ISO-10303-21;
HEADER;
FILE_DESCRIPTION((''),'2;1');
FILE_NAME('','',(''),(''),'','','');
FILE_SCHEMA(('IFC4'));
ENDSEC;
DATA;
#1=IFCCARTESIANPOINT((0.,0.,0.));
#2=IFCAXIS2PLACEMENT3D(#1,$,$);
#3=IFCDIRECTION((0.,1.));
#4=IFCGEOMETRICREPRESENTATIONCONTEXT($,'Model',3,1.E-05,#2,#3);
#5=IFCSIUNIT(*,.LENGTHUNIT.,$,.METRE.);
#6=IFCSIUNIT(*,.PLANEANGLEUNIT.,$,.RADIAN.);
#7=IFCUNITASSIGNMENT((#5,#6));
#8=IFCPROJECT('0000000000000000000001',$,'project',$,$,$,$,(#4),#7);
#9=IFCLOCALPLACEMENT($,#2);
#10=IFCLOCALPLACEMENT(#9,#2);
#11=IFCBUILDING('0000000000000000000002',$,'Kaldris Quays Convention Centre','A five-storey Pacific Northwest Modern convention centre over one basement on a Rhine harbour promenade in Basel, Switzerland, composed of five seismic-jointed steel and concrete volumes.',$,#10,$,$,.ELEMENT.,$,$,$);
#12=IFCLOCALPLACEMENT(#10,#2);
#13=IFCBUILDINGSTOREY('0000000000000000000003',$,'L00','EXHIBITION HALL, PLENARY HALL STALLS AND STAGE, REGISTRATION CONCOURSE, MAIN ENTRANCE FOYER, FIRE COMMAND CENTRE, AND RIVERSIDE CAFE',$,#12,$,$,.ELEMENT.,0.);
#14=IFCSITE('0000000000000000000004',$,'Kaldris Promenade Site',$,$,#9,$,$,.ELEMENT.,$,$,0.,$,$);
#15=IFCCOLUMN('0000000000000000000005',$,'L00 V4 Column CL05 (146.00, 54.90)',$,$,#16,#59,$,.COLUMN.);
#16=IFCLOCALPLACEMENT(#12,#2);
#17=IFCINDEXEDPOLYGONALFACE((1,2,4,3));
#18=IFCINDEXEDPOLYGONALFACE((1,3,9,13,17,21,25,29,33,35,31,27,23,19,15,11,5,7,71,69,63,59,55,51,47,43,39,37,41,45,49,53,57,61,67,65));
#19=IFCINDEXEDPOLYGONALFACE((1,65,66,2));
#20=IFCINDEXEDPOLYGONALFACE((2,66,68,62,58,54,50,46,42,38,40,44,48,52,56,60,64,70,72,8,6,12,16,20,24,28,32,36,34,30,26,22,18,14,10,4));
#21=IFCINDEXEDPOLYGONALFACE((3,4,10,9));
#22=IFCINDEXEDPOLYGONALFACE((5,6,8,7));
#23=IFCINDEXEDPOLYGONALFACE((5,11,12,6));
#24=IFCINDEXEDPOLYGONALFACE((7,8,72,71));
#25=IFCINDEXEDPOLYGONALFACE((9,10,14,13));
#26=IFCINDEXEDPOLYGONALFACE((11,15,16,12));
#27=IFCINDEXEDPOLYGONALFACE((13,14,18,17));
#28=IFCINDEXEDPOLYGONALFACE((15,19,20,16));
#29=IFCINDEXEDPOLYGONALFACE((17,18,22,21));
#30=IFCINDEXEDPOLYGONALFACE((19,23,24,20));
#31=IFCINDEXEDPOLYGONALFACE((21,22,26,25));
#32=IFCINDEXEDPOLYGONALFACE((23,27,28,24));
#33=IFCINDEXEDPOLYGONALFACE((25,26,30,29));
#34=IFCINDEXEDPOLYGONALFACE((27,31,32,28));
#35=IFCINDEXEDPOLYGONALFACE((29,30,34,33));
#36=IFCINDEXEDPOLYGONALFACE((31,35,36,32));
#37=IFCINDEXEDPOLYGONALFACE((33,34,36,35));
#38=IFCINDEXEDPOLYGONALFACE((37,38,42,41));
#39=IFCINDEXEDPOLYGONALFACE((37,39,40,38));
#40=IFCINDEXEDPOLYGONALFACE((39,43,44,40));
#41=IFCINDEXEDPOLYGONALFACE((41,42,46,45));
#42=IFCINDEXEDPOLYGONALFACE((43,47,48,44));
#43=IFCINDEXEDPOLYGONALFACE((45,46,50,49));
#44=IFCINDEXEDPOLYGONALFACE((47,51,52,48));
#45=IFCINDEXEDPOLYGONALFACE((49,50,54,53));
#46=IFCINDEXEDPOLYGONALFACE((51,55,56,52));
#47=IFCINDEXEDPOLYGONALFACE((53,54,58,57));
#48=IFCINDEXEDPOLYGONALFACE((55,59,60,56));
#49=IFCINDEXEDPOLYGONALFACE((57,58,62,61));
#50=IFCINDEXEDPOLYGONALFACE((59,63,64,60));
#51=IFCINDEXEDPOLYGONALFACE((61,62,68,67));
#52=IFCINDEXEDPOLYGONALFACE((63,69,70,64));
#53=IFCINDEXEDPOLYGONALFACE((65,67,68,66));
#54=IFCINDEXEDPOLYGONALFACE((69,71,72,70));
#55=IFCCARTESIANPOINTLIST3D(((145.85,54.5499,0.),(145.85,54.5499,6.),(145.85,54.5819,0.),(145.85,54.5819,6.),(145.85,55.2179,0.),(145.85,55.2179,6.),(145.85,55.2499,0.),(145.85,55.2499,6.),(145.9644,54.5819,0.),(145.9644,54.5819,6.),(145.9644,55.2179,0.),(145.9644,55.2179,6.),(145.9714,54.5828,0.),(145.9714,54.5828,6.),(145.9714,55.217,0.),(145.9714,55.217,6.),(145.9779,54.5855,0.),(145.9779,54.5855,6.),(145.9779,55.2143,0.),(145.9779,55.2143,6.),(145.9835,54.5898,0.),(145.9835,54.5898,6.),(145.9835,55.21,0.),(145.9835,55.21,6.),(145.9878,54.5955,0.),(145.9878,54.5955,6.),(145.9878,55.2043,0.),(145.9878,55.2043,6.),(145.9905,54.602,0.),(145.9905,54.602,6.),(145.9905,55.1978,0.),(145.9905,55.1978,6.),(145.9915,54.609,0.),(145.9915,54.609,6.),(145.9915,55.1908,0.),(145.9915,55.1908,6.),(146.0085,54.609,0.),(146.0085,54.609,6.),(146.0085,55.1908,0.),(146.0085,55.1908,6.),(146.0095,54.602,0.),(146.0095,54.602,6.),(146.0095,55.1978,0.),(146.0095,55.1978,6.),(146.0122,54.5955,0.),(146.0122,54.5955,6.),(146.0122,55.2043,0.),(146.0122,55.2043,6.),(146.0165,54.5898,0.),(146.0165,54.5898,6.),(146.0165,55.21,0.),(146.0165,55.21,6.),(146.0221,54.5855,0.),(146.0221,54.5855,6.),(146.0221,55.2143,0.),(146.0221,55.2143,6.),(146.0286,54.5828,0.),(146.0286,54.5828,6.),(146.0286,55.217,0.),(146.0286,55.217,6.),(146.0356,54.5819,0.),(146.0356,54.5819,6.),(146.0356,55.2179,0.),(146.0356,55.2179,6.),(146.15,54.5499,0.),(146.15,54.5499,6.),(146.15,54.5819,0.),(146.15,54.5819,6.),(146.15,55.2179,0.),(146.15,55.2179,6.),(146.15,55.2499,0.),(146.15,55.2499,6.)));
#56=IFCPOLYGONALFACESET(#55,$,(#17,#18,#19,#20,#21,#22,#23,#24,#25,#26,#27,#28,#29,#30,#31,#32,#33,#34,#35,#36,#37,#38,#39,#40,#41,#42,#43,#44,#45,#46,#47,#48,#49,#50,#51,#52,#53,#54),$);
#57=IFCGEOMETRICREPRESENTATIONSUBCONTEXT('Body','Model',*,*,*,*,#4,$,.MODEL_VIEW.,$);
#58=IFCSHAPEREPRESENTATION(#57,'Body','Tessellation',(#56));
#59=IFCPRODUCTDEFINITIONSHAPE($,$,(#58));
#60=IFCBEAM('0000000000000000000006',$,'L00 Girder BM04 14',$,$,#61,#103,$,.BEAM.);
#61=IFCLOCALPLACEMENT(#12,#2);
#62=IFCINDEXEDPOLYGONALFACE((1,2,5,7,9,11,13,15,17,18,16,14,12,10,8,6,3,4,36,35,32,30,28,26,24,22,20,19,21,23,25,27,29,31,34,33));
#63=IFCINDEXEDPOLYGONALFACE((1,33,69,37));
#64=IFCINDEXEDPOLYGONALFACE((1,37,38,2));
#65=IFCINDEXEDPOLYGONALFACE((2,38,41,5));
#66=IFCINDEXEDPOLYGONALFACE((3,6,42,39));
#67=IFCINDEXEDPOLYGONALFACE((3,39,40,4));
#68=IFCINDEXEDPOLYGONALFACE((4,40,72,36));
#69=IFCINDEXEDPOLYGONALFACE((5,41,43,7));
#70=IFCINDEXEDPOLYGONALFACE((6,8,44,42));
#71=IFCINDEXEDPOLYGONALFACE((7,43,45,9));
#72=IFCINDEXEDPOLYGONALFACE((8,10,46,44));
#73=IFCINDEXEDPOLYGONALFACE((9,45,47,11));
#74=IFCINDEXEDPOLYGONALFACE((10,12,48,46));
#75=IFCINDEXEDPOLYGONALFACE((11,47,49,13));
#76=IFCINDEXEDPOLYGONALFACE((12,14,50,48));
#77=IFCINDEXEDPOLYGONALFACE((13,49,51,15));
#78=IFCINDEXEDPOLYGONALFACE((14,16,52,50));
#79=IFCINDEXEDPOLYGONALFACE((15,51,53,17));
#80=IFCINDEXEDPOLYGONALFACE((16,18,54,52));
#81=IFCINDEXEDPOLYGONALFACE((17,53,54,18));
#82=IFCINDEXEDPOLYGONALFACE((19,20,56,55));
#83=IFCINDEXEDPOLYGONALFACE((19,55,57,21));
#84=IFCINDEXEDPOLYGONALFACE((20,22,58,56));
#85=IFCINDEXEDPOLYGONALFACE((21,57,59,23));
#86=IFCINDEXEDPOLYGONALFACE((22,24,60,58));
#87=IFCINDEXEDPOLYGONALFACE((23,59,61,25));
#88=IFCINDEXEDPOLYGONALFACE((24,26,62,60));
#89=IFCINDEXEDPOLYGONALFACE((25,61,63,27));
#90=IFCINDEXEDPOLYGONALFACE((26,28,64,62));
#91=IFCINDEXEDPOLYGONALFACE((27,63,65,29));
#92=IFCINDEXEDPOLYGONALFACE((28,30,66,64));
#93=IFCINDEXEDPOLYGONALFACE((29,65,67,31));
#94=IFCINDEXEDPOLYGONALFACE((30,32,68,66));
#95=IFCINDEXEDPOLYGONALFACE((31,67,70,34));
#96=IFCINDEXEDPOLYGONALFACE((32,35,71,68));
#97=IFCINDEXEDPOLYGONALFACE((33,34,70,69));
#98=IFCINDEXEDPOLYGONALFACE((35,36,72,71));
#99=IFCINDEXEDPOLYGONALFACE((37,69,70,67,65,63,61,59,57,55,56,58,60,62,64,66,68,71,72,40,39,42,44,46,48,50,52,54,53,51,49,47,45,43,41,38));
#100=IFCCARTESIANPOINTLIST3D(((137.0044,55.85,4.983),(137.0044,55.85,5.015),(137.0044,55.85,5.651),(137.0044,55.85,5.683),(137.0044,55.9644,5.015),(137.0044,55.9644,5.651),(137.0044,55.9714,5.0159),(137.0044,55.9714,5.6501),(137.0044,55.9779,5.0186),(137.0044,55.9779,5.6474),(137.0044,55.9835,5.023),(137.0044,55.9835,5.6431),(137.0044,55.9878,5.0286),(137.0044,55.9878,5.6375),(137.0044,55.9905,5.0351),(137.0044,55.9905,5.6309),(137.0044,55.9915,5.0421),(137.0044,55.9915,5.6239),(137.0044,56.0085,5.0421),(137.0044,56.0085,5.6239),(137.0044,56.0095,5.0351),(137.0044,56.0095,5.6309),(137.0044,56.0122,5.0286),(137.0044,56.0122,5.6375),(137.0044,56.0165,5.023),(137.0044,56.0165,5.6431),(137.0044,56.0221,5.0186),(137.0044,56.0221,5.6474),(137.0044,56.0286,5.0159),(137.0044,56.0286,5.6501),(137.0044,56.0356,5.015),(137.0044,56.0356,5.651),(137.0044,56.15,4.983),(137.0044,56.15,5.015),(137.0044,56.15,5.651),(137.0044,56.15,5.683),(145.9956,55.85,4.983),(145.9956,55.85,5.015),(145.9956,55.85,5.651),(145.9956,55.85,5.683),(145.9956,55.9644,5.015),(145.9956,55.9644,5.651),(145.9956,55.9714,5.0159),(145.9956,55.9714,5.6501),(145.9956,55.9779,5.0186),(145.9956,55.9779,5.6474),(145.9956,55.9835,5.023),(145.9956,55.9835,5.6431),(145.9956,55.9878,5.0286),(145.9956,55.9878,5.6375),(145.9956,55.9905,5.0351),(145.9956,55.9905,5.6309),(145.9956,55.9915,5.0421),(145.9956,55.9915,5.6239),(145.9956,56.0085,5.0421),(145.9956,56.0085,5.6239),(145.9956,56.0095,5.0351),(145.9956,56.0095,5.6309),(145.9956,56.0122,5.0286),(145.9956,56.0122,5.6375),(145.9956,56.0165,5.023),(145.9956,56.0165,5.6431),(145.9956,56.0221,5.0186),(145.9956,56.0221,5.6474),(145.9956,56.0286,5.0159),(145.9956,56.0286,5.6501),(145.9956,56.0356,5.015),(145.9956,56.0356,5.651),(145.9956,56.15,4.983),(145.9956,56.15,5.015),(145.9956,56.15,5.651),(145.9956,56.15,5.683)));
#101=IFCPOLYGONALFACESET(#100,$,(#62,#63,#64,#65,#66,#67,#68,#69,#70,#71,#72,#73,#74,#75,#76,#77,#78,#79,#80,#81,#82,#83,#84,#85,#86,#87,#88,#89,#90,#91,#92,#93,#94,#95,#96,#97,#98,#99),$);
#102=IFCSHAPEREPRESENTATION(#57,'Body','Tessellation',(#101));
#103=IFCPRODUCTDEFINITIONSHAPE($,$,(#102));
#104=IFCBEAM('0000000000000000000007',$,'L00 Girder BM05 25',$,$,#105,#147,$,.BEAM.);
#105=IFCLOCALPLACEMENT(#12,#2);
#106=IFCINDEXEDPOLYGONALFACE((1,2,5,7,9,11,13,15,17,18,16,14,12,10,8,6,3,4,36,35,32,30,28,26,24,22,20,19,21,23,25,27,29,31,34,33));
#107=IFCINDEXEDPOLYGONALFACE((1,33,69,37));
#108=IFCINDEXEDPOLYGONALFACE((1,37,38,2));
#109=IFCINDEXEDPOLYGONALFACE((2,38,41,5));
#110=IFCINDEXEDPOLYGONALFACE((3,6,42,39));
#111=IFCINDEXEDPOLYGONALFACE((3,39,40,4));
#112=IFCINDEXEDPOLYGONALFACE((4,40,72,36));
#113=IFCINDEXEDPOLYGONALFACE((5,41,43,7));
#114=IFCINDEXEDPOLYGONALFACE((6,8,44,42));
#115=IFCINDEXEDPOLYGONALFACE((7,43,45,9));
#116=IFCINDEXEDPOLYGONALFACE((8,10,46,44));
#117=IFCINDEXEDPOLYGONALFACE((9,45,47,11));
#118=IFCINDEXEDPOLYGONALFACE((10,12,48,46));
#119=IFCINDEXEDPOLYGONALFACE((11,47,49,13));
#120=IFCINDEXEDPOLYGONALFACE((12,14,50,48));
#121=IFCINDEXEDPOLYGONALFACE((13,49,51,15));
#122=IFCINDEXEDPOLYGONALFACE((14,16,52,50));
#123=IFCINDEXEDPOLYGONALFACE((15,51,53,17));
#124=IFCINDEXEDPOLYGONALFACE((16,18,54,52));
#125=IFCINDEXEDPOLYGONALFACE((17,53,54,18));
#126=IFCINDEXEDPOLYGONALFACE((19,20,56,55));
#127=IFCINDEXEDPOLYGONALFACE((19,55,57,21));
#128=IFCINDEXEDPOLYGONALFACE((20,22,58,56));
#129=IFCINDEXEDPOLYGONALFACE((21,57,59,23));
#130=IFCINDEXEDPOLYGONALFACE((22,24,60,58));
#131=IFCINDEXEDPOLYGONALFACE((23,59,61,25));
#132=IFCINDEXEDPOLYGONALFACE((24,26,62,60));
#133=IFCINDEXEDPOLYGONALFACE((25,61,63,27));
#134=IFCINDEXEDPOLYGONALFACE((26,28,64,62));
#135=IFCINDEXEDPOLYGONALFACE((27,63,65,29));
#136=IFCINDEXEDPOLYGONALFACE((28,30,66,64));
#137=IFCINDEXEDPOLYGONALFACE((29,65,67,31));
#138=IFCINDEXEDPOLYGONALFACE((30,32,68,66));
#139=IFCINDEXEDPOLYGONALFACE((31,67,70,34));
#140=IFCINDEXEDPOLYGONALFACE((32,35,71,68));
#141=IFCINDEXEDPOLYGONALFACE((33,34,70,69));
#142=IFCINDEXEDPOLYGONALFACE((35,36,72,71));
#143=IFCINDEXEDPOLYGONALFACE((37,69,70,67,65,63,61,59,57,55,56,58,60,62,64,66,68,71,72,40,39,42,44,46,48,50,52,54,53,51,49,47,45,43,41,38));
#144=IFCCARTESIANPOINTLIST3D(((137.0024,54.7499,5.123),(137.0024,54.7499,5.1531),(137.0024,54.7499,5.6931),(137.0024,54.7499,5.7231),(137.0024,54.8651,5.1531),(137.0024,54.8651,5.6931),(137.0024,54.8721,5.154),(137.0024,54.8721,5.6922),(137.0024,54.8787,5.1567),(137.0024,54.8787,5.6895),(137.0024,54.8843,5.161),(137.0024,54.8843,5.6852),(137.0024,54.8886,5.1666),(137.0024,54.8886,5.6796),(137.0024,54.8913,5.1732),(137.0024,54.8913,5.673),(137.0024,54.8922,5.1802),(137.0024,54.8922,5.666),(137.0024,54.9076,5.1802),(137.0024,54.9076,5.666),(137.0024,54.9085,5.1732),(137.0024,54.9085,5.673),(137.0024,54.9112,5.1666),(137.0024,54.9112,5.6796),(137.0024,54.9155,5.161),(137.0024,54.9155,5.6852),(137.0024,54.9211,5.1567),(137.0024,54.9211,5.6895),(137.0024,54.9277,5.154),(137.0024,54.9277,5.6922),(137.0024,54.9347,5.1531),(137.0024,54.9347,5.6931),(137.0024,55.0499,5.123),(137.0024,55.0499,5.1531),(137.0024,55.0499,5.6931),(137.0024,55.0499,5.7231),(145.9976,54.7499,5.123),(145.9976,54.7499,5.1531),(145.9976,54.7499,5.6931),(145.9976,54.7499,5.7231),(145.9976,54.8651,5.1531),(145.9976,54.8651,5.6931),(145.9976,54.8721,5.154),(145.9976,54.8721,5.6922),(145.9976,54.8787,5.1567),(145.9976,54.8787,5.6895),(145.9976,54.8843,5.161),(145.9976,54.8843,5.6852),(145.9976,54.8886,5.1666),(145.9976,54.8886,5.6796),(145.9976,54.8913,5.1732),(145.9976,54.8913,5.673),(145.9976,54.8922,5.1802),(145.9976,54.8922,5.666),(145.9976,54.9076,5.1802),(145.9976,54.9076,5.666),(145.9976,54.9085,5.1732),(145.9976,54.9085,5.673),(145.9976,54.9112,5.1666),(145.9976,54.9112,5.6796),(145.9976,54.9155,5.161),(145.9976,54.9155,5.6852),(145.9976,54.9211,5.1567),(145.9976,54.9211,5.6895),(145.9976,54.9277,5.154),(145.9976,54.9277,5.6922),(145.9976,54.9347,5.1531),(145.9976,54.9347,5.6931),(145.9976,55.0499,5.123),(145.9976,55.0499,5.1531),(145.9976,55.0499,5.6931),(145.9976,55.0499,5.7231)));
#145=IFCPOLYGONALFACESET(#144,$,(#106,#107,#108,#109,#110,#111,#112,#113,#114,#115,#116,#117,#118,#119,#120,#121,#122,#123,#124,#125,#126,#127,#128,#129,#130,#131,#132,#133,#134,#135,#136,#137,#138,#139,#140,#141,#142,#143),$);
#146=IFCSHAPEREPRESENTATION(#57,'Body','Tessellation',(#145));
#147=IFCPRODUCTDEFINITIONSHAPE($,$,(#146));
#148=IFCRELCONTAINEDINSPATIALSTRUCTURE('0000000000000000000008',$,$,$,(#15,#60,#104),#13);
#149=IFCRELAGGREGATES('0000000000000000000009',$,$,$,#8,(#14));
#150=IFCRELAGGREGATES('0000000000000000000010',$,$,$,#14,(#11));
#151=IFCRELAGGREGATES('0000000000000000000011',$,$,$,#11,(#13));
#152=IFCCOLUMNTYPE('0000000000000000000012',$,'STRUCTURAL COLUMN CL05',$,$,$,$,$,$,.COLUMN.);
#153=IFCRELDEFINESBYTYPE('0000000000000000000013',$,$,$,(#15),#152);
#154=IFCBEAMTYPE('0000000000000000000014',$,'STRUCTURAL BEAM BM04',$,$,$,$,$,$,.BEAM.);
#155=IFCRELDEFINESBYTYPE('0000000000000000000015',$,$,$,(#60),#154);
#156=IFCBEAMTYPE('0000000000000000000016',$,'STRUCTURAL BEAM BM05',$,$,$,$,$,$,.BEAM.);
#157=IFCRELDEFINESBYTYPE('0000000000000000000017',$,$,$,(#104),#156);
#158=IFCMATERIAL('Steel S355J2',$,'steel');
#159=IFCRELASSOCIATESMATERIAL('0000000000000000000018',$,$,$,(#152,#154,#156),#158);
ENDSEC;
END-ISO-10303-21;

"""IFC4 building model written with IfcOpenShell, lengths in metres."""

from ifc_helpers import new_model, si_unit, direction, frame, origin, origin_2d, place, context, subcontext, project, spatial, i_section, extrude, material, material_profile, profile_set, type_object, element, save


model = new_model("IFC4")

# Units and contexts
model_context = context("Model", 3, precision=1e-05, world=origin(), true_north=direction((0.0, 1.0)))
body_context = subcontext(model_context, "Body", "Model", "MODEL_VIEW")
ifc_project = project(units=[si_unit("LENGTHUNIT", "METRE"), si_unit("PLANEANGLEUNIT", "RADIAN")], contexts=[model_context])

# Site, building, storey
site_placement = place(None, origin())
site = spatial("IfcSite", under=ifc_project, at=site_placement, Name="Kaldris Promenade Site", CompositionType="ELEMENT", RefElevation=0.0)
building_placement = place(site_placement, origin())
building = spatial("IfcBuilding", under=site, at=building_placement, Name="Kaldris Quays Convention Centre", Description="A five-storey Pacific Northwest Modern convention centre over one basement on a Rhine harbour promenade in Basel, Switzerland, composed of five seismic-jointed steel and concrete volumes.", CompositionType="ELEMENT")
storey_placement = place(building_placement, origin())
storey = spatial("IfcBuildingStorey", under=building, at=storey_placement, Name="L00", Description="EXHIBITION HALL, PLENARY HALL STALLS AND STAGE, REGISTRATION CONCOURSE, MAIN ENTRANCE FOYER, FIRE COMMAND CENTRE, AND RIVERSIDE CAFE", CompositionType="ELEMENT", Elevation=0.0)

# Column
ifc_material_1 = material(Name="Steel S355J2", Category="steel")
ifc_material_profile_1 = material_profile(ifc_material_1, i_section(OverallWidth=0.3, OverallDepth=0.7, WebThickness=0.0171, FlangeThickness=0.032, FilletRadius=0.0271, at=origin_2d()), Name="HEB 700")
ifc_profile_set_1 = profile_set([ifc_material_profile_1], Name="Steel S355J2")
column_type_1 = type_object("IfcColumnType", Name="STRUCTURAL COLUMN CL05", PredefinedType="COLUMN", material=ifc_profile_set_1)
column_placement = place(storey_placement, frame((146.0, 54.8999, 0.0), z_axis=(0.0, 0.0, 1.0), x_axis=(1.0, 0.0, 0.0)))
element("IfcColumn", 1, at=column_placement, inside=storey, type_object=column_type_1, Name="L00 V4 Column CL05 (146.00, 54.90)", PredefinedType="COLUMN", context=body_context, shape_type="SweptSolid", body=[
    extrude(i_section(OverallWidth=0.3, OverallDepth=0.7, WebThickness=0.0171, FlangeThickness=0.032, FilletRadius=0.0271, at=origin_2d()), origin(), (0.0, 0.0, 1.0), 6.0),
])

# Beams
ifc_material_profile_2 = material_profile(ifc_material_1, i_section(OverallWidth=0.3, OverallDepth=0.7, WebThickness=0.0171, FlangeThickness=0.032, FilletRadius=0.0271, at=origin_2d()), Name="HEB 700")
ifc_profile_set_2 = profile_set([ifc_material_profile_2], Name="Steel S355J2")
beam_type_1 = type_object("IfcBeamType", Name="STRUCTURAL BEAM BM04", PredefinedType="BEAM", material=ifc_profile_set_2)
beam_1_placement = place(storey_placement, frame((137.0044, 56.0, 5.333), z_axis=(1.0, 0.0, 0.0), x_axis=(0.0, 1.0, 0.0)))
element("IfcBeam", 2, at=beam_1_placement, inside=storey, type_object=beam_type_1, Name="L00 Girder BM04 14", PredefinedType="BEAM", context=body_context, shape_type="SweptSolid", body=[
    extrude(i_section(OverallWidth=0.3, OverallDepth=0.7, WebThickness=0.0171, FlangeThickness=0.032, FilletRadius=0.0271, at=origin_2d()), origin(), (0.0, 0.0, 1.0), 8.9912),
])
ifc_material_profile_3 = material_profile(ifc_material_1, i_section(OverallWidth=0.3, OverallDepth=0.6001, WebThickness=0.0154, FlangeThickness=0.03, FilletRadius=0.0271, at=origin_2d()), Name="HEB 600")
ifc_profile_set_3 = profile_set([ifc_material_profile_3], Name="Steel S355J2")
beam_type_2 = type_object("IfcBeamType", Name="STRUCTURAL BEAM BM05", PredefinedType="BEAM", material=ifc_profile_set_3)
beam_2_placement = place(storey_placement, frame((137.0024, 54.8999, 5.4231), z_axis=(1.0, 0.0, 0.0), x_axis=(0.0, 1.0, 0.0)))
element("IfcBeam", 3, at=beam_2_placement, inside=storey, type_object=beam_type_2, Name="L00 Girder BM05 25", PredefinedType="BEAM", context=body_context, shape_type="SweptSolid", body=[
    extrude(i_section(OverallWidth=0.3, OverallDepth=0.6001, WebThickness=0.0154, FlangeThickness=0.03, FilletRadius=0.0271, at=origin_2d()), origin(), (0.0, 0.0, 1.0), 8.9951),
])

save(model, "model.ifc")
